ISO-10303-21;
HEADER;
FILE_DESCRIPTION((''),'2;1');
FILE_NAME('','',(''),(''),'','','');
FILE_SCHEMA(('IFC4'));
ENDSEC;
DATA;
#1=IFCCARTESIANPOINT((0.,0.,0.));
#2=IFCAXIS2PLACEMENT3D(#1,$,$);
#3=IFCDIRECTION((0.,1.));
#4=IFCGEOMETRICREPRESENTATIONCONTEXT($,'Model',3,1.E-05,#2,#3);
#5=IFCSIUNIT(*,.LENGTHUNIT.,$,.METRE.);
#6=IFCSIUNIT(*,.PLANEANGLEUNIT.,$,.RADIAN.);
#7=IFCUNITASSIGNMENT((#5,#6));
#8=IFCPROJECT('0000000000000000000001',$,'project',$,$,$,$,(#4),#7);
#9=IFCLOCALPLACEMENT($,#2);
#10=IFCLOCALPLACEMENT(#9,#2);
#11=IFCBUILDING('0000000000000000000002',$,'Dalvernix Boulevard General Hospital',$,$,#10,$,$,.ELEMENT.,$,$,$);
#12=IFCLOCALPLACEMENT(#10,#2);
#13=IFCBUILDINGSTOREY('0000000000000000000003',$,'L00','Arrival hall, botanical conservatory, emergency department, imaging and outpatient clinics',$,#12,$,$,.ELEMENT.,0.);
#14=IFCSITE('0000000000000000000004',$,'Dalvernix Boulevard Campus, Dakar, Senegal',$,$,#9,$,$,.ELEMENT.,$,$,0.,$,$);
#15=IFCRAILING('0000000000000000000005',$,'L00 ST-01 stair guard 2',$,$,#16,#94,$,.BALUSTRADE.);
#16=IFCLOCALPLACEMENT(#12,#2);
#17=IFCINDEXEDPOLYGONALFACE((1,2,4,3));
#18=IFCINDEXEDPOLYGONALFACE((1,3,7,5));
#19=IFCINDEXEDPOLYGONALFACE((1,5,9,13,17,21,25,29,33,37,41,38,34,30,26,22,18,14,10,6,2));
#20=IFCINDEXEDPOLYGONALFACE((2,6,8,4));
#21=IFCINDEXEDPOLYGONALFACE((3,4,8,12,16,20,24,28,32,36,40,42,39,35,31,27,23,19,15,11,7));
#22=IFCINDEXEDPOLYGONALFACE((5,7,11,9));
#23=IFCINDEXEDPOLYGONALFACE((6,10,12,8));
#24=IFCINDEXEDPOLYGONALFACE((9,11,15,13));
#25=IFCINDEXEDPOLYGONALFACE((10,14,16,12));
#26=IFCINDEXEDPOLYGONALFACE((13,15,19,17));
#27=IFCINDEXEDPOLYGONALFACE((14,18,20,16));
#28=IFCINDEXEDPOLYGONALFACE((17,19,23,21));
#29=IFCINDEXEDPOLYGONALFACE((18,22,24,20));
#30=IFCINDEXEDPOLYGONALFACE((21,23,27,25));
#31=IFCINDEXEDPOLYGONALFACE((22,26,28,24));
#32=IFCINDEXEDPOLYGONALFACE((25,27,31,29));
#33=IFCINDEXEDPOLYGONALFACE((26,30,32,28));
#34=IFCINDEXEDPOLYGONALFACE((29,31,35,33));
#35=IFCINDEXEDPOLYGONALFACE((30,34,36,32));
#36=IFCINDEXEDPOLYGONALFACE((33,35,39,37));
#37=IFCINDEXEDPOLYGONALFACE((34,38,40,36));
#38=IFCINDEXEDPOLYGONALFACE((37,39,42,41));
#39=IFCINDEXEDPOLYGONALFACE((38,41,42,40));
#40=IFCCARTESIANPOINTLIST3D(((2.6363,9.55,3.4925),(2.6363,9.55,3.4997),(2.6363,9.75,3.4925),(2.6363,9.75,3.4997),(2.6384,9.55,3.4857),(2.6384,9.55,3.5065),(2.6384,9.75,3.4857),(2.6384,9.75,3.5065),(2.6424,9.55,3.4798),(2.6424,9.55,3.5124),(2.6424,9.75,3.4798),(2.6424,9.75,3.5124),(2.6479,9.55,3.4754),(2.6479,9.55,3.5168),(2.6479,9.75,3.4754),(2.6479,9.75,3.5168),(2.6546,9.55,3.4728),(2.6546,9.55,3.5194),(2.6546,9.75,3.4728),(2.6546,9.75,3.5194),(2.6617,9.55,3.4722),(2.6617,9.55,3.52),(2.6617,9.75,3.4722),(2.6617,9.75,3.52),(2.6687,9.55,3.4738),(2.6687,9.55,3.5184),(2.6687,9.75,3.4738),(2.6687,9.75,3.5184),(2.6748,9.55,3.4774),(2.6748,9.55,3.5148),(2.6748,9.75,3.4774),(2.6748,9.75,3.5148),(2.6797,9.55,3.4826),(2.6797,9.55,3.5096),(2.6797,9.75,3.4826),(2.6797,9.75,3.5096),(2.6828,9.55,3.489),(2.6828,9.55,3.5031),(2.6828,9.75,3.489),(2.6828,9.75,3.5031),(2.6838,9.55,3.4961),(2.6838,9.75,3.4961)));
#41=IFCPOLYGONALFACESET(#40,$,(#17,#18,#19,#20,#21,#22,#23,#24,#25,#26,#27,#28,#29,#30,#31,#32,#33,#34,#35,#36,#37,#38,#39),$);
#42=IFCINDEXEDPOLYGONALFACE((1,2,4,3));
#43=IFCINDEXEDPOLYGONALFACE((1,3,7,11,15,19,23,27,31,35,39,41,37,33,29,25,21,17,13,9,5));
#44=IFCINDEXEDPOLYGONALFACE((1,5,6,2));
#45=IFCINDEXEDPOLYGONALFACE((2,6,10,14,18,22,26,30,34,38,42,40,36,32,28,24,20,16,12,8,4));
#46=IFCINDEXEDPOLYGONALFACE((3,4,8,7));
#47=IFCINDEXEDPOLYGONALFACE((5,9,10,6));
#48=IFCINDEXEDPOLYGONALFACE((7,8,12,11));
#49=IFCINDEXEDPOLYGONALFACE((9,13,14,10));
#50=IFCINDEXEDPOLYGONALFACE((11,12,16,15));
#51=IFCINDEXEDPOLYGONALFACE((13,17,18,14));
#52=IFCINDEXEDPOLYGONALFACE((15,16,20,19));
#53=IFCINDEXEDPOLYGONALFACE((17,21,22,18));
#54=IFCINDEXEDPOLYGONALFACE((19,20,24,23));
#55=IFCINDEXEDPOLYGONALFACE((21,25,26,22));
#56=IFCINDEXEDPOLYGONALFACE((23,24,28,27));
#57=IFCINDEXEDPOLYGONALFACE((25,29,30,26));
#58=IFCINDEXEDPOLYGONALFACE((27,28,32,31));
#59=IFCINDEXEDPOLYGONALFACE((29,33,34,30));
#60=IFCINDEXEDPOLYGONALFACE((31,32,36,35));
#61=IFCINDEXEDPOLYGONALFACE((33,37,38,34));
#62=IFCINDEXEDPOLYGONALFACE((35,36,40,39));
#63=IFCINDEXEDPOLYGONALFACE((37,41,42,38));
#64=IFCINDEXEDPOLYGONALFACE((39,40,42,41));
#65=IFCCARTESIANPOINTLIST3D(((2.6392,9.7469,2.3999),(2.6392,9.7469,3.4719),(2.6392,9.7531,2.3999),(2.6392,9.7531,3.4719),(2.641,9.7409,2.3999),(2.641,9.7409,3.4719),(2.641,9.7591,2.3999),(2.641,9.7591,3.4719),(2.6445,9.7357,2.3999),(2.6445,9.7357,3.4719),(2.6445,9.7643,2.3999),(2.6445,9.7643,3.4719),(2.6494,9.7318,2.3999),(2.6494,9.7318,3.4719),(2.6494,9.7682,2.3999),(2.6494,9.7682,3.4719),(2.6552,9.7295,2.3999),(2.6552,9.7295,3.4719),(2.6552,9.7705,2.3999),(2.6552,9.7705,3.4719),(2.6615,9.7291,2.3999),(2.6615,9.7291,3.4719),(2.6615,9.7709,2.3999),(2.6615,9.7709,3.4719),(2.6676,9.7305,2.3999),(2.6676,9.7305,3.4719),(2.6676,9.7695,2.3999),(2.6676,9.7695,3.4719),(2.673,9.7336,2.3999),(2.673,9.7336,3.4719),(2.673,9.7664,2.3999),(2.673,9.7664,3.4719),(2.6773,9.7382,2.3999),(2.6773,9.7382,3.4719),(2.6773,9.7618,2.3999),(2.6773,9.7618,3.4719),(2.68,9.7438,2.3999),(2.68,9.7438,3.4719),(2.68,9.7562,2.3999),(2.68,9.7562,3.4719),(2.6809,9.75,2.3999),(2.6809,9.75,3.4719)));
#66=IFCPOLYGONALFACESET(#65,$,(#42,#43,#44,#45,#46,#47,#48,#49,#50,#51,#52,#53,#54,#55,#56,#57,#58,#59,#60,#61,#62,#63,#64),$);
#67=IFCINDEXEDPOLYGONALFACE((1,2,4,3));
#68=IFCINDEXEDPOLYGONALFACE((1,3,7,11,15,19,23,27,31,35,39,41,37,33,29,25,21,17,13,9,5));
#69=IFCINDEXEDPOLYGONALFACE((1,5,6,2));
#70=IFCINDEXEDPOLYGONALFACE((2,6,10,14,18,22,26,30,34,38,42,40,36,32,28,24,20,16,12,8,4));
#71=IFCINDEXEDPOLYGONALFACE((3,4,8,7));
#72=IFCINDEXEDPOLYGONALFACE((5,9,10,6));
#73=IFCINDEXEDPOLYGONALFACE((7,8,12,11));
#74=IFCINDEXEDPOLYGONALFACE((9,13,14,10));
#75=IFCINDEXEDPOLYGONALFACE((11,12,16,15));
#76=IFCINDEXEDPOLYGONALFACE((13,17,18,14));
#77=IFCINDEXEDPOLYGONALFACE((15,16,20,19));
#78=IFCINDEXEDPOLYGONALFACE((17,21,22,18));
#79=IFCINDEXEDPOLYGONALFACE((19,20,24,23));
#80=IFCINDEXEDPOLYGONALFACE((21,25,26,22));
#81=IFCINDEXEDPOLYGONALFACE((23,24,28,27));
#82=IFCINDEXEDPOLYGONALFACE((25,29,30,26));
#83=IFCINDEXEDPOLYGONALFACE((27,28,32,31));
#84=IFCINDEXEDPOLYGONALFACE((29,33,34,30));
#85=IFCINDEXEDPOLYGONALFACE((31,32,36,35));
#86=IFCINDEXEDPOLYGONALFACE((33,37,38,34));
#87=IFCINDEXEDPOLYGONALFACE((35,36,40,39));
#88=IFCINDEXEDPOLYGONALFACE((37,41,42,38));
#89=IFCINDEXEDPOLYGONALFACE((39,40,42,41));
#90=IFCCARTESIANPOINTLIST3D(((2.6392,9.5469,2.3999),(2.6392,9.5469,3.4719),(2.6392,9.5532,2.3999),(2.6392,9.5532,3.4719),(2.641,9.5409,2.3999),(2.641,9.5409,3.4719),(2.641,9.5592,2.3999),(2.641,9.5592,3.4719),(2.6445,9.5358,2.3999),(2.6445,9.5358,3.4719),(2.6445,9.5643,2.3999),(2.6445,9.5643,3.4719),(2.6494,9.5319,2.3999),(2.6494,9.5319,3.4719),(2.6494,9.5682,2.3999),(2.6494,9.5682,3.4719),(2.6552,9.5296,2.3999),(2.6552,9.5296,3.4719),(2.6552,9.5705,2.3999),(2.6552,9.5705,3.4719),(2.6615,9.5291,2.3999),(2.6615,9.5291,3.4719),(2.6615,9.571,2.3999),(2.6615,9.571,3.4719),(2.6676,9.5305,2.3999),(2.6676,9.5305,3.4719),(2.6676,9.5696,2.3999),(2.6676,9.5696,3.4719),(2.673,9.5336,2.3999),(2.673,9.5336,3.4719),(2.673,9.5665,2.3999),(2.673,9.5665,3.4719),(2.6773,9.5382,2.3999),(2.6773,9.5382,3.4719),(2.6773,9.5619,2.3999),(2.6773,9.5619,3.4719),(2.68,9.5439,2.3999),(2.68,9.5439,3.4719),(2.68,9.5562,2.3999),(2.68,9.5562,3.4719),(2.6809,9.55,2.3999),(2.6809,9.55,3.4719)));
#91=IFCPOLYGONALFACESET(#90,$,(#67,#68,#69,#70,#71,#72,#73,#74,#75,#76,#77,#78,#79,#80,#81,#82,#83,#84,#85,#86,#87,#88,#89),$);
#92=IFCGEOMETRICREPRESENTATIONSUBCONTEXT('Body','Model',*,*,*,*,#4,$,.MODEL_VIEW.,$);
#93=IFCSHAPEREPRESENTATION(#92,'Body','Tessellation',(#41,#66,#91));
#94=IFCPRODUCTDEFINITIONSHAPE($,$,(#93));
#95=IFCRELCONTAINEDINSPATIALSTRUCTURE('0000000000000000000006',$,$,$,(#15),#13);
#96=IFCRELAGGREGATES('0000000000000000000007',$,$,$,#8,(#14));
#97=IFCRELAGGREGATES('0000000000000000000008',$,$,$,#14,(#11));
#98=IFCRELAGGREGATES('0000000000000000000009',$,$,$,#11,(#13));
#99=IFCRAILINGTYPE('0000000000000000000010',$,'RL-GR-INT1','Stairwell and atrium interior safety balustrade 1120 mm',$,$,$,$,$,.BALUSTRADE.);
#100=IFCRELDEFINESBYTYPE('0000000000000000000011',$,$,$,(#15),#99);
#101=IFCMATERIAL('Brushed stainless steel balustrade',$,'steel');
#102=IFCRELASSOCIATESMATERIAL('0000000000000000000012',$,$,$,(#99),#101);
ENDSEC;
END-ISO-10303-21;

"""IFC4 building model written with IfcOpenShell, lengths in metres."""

from ifc_helpers import new_model, si_unit, direction, frame, origin, origin_2d, place, context, subcontext, project, spatial, circle, extrude, material, type_object, element, save


model = new_model("IFC4")

# Units and contexts
model_context = context("Model", 3, precision=1e-05, world=origin(), true_north=direction((0.0, 1.0)))
body_context = subcontext(model_context, "Body", "Model", "MODEL_VIEW")
ifc_project = project(units=[si_unit("LENGTHUNIT", "METRE"), si_unit("PLANEANGLEUNIT", "RADIAN")], contexts=[model_context])

# Site, building, storey
site_placement = place(None, origin())
site = spatial("IfcSite", under=ifc_project, at=site_placement, Name="Dalvernix Boulevard Campus, Dakar, Senegal", CompositionType="ELEMENT", RefElevation=0.0)
building_placement = place(site_placement, origin())
building = spatial("IfcBuilding", under=site, at=building_placement, Name="Dalvernix Boulevard General Hospital", CompositionType="ELEMENT")
storey_placement = place(building_placement, origin())
storey = spatial("IfcBuildingStorey", under=building, at=storey_placement, Name="L00", Description="Arrival hall, botanical conservatory, emergency department, imaging and outpatient clinics", CompositionType="ELEMENT", Elevation=0.0)

# Railing
ifc_material_1 = material(Name="Brushed stainless steel balustrade", Category="steel")
railing_type_1 = type_object("IfcRailingType", Name="RL-GR-INT1", Description="Stairwell and atrium interior safety balustrade 1120 mm", PredefinedType="BALUSTRADE", material=ifc_material_1)
railing_1_placement = place(storey_placement, frame((2.6599, 9.75, 2.3999)))
element("IfcRailing", 1, at=railing_1_placement, inside=storey, type_object=railing_type_1, Name="L00 ST-01 stair guard 2", PredefinedType="BALUSTRADE", context=body_context, shape_type="SweptSolid", body=[
    extrude(circle(Radius=0.0239, at=origin_2d()), frame((0.0, 0.0, 1.0962), z_axis=(0.0, -1.0, 0.0), x_axis=(1.0, 0.0, 0.0)), (0.0, 0.0, 1.0), 0.2),
    extrude(circle(Radius=0.021, at=origin_2d()), origin(), (0.0, 0.0, 1.0), 1.072),
    extrude(circle(Radius=0.021, at=origin_2d()), frame((0.0, -0.2, 0.0)), (0.0, 0.0, 1.0), 1.072),
])

save(model, "model.ifc")
